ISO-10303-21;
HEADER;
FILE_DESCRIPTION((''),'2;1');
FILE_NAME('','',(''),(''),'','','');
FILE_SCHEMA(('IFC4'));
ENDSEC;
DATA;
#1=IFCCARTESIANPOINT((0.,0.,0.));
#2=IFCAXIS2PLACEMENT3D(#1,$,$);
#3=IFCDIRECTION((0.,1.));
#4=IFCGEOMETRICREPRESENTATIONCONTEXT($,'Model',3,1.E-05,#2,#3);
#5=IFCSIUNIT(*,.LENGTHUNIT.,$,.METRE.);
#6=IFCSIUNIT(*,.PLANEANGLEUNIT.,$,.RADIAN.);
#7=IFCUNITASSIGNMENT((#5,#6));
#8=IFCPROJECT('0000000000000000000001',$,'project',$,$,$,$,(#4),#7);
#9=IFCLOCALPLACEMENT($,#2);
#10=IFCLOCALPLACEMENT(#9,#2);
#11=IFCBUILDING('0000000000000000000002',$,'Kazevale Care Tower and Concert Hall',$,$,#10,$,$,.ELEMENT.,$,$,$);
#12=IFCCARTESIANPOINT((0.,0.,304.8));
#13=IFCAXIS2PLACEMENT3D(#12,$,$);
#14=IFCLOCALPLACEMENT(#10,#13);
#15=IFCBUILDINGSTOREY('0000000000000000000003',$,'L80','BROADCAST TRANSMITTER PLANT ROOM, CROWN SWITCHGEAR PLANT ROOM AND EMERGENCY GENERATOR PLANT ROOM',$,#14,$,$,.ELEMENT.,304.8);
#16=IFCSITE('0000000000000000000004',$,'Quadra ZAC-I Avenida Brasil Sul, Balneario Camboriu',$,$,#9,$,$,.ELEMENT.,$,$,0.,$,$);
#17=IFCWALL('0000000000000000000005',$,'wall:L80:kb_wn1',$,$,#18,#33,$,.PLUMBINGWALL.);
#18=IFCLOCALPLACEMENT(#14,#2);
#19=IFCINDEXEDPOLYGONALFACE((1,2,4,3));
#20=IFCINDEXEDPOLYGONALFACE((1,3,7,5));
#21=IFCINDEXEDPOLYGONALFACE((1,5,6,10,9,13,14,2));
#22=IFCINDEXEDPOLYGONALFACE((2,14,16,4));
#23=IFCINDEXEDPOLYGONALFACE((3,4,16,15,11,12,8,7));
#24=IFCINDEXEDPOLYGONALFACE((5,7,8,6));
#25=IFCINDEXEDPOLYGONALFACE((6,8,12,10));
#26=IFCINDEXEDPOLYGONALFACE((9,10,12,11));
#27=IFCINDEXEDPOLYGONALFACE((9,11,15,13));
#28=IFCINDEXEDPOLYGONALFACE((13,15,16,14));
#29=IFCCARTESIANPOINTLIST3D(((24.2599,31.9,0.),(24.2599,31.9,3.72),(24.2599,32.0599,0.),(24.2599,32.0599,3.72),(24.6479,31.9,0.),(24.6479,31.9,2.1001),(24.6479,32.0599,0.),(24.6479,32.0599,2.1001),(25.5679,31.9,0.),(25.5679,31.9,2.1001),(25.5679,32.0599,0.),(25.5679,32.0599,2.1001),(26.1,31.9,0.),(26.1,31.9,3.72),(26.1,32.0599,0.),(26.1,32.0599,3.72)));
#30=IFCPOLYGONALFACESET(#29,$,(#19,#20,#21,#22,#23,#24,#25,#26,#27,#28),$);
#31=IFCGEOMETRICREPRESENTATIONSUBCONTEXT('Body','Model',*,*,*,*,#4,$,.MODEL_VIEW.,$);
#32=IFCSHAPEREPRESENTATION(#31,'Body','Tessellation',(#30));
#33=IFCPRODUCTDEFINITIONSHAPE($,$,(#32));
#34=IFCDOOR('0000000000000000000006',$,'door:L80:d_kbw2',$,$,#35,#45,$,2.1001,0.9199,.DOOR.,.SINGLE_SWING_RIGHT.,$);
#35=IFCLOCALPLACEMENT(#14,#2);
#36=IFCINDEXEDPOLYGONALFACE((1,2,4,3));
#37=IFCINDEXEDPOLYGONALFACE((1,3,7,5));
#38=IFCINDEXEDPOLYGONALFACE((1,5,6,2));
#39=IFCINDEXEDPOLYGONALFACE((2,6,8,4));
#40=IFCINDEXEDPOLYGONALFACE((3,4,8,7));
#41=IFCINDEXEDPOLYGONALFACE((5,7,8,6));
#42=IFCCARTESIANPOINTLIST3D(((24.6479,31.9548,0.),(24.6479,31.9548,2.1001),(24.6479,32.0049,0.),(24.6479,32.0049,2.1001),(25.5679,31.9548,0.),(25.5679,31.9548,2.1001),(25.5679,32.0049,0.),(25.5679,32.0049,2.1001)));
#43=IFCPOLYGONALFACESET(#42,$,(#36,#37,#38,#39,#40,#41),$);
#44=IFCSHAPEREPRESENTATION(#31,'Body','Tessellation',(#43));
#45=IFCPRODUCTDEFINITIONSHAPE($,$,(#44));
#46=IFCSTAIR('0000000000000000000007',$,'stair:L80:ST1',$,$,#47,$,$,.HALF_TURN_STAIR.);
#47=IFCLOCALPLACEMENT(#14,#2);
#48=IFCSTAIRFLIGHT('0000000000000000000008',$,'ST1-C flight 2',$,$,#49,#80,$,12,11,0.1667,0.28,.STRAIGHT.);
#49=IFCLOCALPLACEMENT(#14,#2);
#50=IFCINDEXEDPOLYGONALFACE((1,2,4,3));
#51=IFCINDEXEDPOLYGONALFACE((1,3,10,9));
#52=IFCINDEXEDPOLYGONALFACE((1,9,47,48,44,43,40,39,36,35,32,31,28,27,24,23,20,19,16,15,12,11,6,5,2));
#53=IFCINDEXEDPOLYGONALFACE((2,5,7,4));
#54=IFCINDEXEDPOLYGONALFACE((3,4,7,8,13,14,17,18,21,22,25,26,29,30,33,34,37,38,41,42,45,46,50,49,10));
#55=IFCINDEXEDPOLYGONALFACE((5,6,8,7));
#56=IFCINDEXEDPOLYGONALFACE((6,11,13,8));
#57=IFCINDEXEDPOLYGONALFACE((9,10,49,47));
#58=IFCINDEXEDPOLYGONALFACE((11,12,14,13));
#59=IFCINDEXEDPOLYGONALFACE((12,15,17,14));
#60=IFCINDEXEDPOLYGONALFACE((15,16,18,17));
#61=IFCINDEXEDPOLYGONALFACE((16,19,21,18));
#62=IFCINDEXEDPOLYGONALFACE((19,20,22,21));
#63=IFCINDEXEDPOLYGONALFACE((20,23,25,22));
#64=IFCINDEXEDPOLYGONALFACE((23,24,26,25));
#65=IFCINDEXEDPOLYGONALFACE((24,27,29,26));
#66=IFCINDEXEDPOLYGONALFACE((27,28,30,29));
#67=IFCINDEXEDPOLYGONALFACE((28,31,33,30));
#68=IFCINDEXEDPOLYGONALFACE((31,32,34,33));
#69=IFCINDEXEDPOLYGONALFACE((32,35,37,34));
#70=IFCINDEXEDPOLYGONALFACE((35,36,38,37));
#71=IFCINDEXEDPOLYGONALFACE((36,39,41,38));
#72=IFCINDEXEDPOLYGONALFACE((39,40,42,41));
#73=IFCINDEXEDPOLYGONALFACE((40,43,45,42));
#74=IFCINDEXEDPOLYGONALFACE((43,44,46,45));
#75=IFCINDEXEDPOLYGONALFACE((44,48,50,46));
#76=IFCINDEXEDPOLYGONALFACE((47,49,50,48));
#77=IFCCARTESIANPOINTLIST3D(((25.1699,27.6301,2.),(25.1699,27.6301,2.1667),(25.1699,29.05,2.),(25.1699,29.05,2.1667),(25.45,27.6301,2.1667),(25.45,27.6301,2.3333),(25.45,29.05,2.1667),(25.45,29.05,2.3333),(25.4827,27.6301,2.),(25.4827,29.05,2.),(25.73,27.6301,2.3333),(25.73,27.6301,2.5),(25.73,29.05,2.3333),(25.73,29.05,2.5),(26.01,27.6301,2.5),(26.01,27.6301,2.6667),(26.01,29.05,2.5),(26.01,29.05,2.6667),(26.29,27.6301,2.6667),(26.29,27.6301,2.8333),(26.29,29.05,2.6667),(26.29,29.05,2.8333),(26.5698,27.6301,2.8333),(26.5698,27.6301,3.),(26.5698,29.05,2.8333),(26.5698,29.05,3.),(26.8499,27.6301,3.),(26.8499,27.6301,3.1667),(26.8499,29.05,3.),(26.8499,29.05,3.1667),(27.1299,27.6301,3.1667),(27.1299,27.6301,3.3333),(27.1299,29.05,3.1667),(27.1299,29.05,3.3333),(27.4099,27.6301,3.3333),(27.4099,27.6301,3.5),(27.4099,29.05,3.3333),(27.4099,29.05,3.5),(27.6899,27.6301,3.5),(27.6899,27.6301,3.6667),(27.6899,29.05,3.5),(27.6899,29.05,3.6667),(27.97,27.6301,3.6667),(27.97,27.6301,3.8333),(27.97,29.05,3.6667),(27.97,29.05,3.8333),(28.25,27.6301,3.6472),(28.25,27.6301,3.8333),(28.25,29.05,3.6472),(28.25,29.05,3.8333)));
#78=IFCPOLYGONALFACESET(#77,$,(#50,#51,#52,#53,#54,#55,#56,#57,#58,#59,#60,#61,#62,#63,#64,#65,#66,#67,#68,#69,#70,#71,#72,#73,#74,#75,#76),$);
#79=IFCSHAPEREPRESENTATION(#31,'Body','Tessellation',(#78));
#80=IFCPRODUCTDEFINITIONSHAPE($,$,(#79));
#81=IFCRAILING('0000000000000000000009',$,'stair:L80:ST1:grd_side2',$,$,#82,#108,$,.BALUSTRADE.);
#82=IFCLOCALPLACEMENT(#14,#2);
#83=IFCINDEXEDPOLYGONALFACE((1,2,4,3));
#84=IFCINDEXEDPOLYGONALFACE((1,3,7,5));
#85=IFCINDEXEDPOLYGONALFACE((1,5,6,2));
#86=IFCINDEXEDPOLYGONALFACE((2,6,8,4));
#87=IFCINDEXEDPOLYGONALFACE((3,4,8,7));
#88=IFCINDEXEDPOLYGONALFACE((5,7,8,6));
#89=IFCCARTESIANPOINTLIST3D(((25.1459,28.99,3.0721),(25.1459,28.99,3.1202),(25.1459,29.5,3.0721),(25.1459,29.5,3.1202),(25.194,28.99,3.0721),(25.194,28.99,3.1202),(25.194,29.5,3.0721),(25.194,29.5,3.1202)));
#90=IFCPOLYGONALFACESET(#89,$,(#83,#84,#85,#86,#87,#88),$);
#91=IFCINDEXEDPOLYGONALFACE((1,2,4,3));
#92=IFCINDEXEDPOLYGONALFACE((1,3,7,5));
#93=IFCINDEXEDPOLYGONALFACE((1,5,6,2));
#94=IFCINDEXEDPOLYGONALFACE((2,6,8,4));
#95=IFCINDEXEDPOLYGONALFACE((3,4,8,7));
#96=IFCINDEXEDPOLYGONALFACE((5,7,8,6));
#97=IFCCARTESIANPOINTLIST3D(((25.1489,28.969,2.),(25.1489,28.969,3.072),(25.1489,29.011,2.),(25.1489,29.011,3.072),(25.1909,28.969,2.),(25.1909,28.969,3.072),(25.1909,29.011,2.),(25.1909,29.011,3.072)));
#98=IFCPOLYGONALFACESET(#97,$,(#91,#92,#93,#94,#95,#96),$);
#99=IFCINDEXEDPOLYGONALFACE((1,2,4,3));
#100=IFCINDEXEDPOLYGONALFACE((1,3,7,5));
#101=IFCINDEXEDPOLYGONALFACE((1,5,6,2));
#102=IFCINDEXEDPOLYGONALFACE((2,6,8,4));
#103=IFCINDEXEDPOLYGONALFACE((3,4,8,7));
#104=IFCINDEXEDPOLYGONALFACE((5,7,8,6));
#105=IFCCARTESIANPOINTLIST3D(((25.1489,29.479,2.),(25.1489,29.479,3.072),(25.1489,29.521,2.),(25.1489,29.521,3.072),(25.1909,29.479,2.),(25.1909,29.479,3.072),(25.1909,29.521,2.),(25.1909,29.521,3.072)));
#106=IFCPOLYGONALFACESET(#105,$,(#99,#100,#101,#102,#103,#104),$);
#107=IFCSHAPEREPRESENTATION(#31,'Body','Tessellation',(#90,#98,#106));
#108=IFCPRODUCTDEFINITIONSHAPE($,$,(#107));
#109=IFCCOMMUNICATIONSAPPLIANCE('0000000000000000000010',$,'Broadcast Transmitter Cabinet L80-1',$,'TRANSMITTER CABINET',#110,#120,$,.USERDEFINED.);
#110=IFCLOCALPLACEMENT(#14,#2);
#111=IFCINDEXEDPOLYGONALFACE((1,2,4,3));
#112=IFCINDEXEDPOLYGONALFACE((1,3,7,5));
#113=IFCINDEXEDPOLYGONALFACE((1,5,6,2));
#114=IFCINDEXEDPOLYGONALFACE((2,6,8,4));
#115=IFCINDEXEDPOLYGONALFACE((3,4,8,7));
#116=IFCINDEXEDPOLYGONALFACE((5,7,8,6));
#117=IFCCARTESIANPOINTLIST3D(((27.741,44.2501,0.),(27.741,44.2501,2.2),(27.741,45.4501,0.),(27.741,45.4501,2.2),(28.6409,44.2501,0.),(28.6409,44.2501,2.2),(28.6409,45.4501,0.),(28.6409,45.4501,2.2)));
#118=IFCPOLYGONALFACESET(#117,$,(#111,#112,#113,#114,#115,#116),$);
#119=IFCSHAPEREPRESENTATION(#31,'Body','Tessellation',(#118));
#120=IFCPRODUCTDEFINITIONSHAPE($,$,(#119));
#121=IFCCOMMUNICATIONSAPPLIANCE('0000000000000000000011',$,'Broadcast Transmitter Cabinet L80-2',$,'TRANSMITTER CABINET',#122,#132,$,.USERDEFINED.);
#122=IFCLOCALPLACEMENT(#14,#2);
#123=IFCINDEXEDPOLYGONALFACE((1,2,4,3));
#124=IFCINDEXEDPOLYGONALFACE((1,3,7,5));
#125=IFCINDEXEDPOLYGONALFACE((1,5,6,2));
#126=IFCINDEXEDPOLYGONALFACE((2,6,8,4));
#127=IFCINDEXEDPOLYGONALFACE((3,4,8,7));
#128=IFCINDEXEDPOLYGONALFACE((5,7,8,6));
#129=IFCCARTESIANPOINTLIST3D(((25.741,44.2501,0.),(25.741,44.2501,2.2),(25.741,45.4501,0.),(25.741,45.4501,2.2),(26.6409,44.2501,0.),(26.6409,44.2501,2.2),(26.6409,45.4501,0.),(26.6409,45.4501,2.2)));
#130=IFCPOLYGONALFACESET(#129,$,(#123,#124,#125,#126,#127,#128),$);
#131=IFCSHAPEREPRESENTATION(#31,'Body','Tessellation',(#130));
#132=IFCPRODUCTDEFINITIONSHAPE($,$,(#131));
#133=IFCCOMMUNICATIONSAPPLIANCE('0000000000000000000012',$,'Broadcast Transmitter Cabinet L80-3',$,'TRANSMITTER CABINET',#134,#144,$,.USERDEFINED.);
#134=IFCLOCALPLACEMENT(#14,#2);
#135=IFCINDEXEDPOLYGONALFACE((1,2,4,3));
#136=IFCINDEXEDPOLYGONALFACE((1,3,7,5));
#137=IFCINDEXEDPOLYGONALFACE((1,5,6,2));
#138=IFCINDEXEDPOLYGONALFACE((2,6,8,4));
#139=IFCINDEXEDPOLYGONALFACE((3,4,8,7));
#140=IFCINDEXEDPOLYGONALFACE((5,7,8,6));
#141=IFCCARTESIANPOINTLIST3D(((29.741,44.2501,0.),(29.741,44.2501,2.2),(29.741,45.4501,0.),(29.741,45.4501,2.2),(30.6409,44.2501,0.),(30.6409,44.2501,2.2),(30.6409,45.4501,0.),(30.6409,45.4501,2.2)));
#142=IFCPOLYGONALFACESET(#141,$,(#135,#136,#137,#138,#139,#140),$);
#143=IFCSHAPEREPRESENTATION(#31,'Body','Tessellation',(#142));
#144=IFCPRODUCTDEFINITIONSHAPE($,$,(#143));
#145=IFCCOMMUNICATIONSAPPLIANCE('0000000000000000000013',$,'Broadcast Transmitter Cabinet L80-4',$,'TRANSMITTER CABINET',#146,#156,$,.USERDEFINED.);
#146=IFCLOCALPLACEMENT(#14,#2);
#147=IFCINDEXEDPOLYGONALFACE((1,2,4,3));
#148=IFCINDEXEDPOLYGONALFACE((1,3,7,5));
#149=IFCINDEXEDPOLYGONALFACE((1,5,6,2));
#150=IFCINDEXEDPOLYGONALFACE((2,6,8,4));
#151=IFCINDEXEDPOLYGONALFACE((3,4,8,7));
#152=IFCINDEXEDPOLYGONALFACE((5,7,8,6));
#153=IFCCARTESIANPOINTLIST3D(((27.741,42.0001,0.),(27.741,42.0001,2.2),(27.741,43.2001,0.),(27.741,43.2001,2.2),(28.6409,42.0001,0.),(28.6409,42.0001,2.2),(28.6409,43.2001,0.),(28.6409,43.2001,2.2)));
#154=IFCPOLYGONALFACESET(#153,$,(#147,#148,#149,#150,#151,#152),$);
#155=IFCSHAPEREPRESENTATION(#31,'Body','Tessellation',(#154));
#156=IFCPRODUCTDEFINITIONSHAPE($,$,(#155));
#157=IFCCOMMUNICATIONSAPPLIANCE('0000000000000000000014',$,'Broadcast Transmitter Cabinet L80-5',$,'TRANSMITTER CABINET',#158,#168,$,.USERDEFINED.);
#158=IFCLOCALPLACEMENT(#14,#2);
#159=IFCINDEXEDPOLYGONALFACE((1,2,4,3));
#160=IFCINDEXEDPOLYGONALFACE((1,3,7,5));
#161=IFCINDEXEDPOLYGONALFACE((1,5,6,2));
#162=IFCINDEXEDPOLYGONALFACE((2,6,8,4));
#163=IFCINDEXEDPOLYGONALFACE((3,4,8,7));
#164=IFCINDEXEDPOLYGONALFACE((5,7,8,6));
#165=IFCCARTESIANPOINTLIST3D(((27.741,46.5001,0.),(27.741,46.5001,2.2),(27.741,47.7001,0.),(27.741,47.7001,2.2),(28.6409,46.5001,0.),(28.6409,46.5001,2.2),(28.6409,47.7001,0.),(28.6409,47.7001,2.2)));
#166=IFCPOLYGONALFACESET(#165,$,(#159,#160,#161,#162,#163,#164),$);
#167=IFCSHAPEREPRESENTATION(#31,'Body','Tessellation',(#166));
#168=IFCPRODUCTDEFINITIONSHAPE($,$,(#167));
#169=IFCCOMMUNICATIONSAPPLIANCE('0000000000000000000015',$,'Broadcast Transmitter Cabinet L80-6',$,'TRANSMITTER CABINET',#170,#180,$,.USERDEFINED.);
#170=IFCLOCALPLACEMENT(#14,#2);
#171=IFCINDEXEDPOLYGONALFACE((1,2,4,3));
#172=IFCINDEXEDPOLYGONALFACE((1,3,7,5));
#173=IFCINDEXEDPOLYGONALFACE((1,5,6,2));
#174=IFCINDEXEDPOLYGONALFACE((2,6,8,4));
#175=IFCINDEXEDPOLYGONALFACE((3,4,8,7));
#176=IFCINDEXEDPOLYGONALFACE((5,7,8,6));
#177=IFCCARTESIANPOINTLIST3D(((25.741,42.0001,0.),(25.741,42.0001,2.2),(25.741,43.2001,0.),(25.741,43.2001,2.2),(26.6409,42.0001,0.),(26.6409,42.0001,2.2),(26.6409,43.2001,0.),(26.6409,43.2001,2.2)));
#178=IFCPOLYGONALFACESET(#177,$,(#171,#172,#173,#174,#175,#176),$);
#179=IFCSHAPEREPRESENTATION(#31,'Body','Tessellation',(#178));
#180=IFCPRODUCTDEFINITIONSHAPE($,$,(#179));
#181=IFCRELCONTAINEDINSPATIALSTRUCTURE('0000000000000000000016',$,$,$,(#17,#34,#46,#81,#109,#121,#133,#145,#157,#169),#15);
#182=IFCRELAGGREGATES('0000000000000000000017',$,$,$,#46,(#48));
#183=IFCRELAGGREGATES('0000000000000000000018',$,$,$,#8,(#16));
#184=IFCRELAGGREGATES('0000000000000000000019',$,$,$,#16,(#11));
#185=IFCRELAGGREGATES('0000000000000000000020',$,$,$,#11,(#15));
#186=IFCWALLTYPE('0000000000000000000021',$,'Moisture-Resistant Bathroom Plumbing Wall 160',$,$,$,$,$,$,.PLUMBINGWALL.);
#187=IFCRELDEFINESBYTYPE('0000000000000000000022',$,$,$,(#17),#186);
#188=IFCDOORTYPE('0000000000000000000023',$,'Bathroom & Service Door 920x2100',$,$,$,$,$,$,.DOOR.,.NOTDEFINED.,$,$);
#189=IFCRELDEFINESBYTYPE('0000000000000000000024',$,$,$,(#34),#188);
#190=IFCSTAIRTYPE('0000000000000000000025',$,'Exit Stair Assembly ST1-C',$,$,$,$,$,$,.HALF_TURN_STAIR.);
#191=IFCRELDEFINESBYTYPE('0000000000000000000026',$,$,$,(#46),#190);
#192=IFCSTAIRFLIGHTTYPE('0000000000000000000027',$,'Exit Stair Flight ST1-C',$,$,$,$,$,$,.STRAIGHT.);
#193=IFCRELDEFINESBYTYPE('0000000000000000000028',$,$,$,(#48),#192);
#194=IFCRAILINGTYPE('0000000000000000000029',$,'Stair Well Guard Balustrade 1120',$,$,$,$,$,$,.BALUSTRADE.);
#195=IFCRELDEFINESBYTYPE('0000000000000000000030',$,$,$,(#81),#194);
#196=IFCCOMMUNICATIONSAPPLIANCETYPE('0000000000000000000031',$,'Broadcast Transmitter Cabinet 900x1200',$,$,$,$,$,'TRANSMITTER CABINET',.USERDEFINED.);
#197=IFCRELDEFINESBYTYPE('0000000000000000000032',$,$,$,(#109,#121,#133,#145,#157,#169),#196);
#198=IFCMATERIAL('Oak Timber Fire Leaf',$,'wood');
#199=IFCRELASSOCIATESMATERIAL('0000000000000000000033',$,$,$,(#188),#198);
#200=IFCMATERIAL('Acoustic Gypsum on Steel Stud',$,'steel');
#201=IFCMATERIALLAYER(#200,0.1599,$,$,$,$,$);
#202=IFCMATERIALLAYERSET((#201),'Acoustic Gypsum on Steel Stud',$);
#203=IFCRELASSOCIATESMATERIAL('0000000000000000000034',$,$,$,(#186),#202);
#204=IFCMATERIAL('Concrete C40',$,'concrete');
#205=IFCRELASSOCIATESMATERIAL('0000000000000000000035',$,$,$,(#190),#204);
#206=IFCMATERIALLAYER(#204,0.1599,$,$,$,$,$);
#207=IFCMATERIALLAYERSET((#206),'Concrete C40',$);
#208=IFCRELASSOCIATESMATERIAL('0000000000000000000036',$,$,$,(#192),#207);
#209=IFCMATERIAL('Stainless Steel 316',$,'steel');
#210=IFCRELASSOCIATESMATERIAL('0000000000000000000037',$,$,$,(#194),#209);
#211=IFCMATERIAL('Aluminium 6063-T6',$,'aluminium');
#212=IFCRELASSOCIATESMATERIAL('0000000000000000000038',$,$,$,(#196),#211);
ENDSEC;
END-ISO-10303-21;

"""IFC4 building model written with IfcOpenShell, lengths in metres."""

from ifc_helpers import new_model, si_unit, direction, frame, frame_2d, origin, origin_2d, place, context, subcontext, project, spatial, polyline, rectangle, outline, extrude, material, layer, layer_set, type_object, element, fill, aggregate, save


model = new_model("IFC4")

# Units and contexts
model_context = context("Model", 3, precision=1e-05, world=origin(), true_north=direction((0.0, 1.0)))
body_context = subcontext(model_context, "Body", "Model", "MODEL_VIEW")
ifc_project = project(units=[si_unit("LENGTHUNIT", "METRE"), si_unit("PLANEANGLEUNIT", "RADIAN")], contexts=[model_context])

# Site, building, storey
site_placement = place(None, origin())
site = spatial("IfcSite", under=ifc_project, at=site_placement, Name="Quadra ZAC-I Avenida Brasil Sul, Balneario Camboriu", CompositionType="ELEMENT", RefElevation=0.0)
building_placement = place(site_placement, origin())
building = spatial("IfcBuilding", under=site, at=building_placement, Name="Kazevale Care Tower and Concert Hall", CompositionType="ELEMENT")
storey_placement = place(building_placement, frame((0.0, 0.0, 304.8)))
storey = spatial("IfcBuildingStorey", under=building, at=storey_placement, Name="L80", Description="BROADCAST TRANSMITTER PLANT ROOM, CROWN SWITCHGEAR PLANT ROOM AND EMERGENCY GENERATOR PLANT ROOM", CompositionType="ELEMENT", Elevation=304.8)

# Shared definitions
ifc_material_1 = material(Name="Aluminium 6063-T6", Category="aluminium")

# Shared definitions
ifc_material_2 = material(Name="Oak Timber Fire Leaf", Category="wood")
door_type_1 = type_object("IfcDoorType", Name="Bathroom & Service Door 920x2100", OperationType="NOTDEFINED", PredefinedType="DOOR", material=ifc_material_2)

# Shared definitions
ifc_material_3 = material(Name="Acoustic Gypsum on Steel Stud", Category="steel")
ifc_layer_1 = layer(ifc_material_3, 0.1599)
ifc_layer_set_1 = layer_set([ifc_layer_1], Name="Acoustic Gypsum on Steel Stud")
wall_type_1 = type_object("IfcWallType", Name="Moisture-Resistant Bathroom Plumbing Wall 160", PredefinedType="PLUMBINGWALL", material=ifc_layer_set_1)

# Wall, opening, door
wall_1_placement = place(storey_placement, frame((24.26, 31.98, 0.0), z_axis=(0.0, 0.0, 1.0), x_axis=(1.0, 0.0, 0.0)))
wall_1 = element("IfcWall", 1, at=wall_1_placement, inside=storey, type_object=wall_type_1, Name="wall:L80:kb_wn1", PredefinedType="PLUMBINGWALL", context=body_context, shape_type="SweptSolid", body=[
    extrude(rectangle(XDim=1.8401, YDim=0.1599, at=frame_2d((0.9199, 0.0))), origin(), (0.0, 0.0, 1.0), 3.72),
])
opening_1_placement = place(wall_1_placement, frame((0.3879, 0.0, 0.0)))
opening_1 = element("IfcOpeningElement", 2, at=opening_1_placement, cuts=wall_1, PredefinedType="OPENING", context=body_context, shape_type="SweptSolid", body=[
    extrude(rectangle(XDim=0.9199, YDim=2.1001, at=frame_2d((0.46, 1.05))), frame((0.0, 0.0898, 0.0), z_axis=(0.0, -1.0, 0.0), x_axis=(1.0, 0.0, 0.0)), (0.0, 0.0, 1.0), 0.1799),
])
door_1_placement = place(opening_1_placement, origin())
door_1 = element("IfcDoor", 3, at=door_1_placement, inside=storey, type_object=door_type_1, Name="door:L80:d_kbw2", OperationType="SINGLE_SWING_RIGHT", OverallHeight=2.1001, OverallWidth=0.9199, PredefinedType="DOOR", context=body_context, shape_type="SweptSolid", body=[
    extrude(rectangle(XDim=0.9199, YDim=2.1001, at=frame_2d((0.46, 1.05))), frame((0.0, 0.0249, 0.0), z_axis=(0.0, -1.0, 0.0), x_axis=(1.0, 0.0, 0.0)), (0.0, 0.0, 1.0), 0.05),
])
fill(opening_1, door_1)

# Stair, stair flight
ifc_material_4 = material(Name="Concrete C40", Category="concrete")
stair_type = type_object("IfcStairType", Name="Exit Stair Assembly ST1-C", PredefinedType="HALF_TURN_STAIR", material=ifc_material_4)
stair_placement = place(storey_placement, origin())
stair = element("IfcStair", 4, at=stair_placement, inside=storey, type_object=stair_type, Name="stair:L80:ST1", PredefinedType="HALF_TURN_STAIR")
ifc_layer_2 = layer(ifc_material_4, 0.1599)
ifc_layer_set_2 = layer_set([ifc_layer_2], Name="Concrete C40")
stair_flight_type = type_object("IfcStairFlightType", Name="Exit Stair Flight ST1-C", PredefinedType="STRAIGHT", material=ifc_layer_set_2)
stair_flight_placement = place(storey_placement, frame((25.1699, 28.3401, 2.0), z_axis=(0.0, 0.0, 1.0), x_axis=(1.0, 0.0, 0.0)))
stair_flight = element("IfcStairFlight", 5, at=stair_flight_placement, type_object=stair_flight_type, Name="ST1-C flight 2", NumberOfRisers=12, NumberOfTreads=11, PredefinedType="STRAIGHT", RiserHeight=0.1667, TreadLength=0.28, context=body_context, shape_type="SweptSolid", body=[
    extrude(outline(polyline([(0.0, 0.0), (0.0, 0.1667), (0.28, 0.1667), (0.28, 0.3333), (0.5601, 0.3333), (0.5601, 0.5), (0.8401, 0.5), (0.8401, 0.6667), (1.1201, 0.6667), (1.1201, 0.8333), (1.3999, 0.8333), (1.3999, 1.0), (1.6799, 1.0), (1.6799, 1.1667), (1.96, 1.1667), (1.96, 1.3333), (2.24, 1.3333), (2.24, 1.5), (2.52, 1.5), (2.52, 1.6667), (2.8, 1.6667), (2.8, 1.8333), (3.0801, 1.8333), (3.0801, 2.0), (3.0801, 1.6472), (0.3127, 0.0), (0.0, 0.0)])), frame((0.0, 0.71, 0.0), z_axis=(0.0, -1.0, 0.0), x_axis=(1.0, 0.0, 0.0)), (0.0, 0.0, 1.0), 1.4199),
])
aggregate(stair, [stair_flight])

# Railing
ifc_material_5 = material(Name="Stainless Steel 316", Category="steel")
railing_type = type_object("IfcRailingType", Name="Stair Well Guard Balustrade 1120", PredefinedType="BALUSTRADE", material=ifc_material_5)
railing_placement = place(storey_placement, frame((25.1699, 28.99, 2.0)))
element("IfcRailing", 6, at=railing_placement, inside=storey, type_object=railing_type, Name="stair:L80:ST1:grd_side2", PredefinedType="BALUSTRADE", context=body_context, shape_type="SweptSolid", body=[
    extrude(rectangle(XDim=0.0481, YDim=0.0481, at=origin_2d()), frame((0.0, 0.0, 1.0962), z_axis=(0.0, 1.0, 0.0), x_axis=(-1.0, 0.0, 0.0)), (0.0, 0.0, 1.0), 0.51),
    extrude(rectangle(XDim=0.042, YDim=0.042, at=origin_2d()), origin(), (0.0, 0.0, 1.0), 1.072),
    extrude(rectangle(XDim=0.042, YDim=0.042, at=origin_2d()), frame((0.0, 0.51, 0.0)), (0.0, 0.0, 1.0), 1.072),
])

# Communications appliances
communications_appliance_type = type_object("IfcCommunicationsApplianceType", Name="Broadcast Transmitter Cabinet 900x1200", ElementType="TRANSMITTER CABINET", PredefinedType="USERDEFINED", material=ifc_material_1)
for number, where, z_axis, x_axis, name in (
    (7, (28.1909, 44.8501, 0.0), (0.0, 0.0, 1.0), (1.0, 0.0, 0.0), "Broadcast Transmitter Cabinet L80-1"),
    (8, (26.1909, 44.8501, 0.0), (0.0, 0.0, 1.0), (1.0, 0.0, 0.0), "Broadcast Transmitter Cabinet L80-2"),
    (9, (30.1909, 44.8501, 0.0), (0.0, 0.0, 1.0), (1.0, 0.0, 0.0), "Broadcast Transmitter Cabinet L80-3"),
    (10, (28.1909, 42.6001, 0.0), (0.0, 0.0, 1.0), (1.0, 0.0, 0.0), "Broadcast Transmitter Cabinet L80-4"),
    (11, (28.1909, 47.1001, 0.0), (0.0, 0.0, 1.0), (1.0, 0.0, 0.0), "Broadcast Transmitter Cabinet L80-5"),
    (12, (26.1909, 42.6001, 0.0), (0.0, 0.0, 1.0), (1.0, 0.0, 0.0), "Broadcast Transmitter Cabinet L80-6"),
):
    element("IfcCommunicationsAppliance", number, at=place(storey_placement, frame(where, z_axis=z_axis, x_axis=x_axis)), inside=storey, type_object=communications_appliance_type, Name=name, ObjectType="TRANSMITTER CABINET", PredefinedType="USERDEFINED", context=body_context, shape_type="SweptSolid", body=[
        extrude(rectangle(XDim=0.8999, YDim=1.2, at=origin_2d()), origin(), (0.0, 0.0, 1.0), 2.2),
    ])

save(model, "model.ifc")
